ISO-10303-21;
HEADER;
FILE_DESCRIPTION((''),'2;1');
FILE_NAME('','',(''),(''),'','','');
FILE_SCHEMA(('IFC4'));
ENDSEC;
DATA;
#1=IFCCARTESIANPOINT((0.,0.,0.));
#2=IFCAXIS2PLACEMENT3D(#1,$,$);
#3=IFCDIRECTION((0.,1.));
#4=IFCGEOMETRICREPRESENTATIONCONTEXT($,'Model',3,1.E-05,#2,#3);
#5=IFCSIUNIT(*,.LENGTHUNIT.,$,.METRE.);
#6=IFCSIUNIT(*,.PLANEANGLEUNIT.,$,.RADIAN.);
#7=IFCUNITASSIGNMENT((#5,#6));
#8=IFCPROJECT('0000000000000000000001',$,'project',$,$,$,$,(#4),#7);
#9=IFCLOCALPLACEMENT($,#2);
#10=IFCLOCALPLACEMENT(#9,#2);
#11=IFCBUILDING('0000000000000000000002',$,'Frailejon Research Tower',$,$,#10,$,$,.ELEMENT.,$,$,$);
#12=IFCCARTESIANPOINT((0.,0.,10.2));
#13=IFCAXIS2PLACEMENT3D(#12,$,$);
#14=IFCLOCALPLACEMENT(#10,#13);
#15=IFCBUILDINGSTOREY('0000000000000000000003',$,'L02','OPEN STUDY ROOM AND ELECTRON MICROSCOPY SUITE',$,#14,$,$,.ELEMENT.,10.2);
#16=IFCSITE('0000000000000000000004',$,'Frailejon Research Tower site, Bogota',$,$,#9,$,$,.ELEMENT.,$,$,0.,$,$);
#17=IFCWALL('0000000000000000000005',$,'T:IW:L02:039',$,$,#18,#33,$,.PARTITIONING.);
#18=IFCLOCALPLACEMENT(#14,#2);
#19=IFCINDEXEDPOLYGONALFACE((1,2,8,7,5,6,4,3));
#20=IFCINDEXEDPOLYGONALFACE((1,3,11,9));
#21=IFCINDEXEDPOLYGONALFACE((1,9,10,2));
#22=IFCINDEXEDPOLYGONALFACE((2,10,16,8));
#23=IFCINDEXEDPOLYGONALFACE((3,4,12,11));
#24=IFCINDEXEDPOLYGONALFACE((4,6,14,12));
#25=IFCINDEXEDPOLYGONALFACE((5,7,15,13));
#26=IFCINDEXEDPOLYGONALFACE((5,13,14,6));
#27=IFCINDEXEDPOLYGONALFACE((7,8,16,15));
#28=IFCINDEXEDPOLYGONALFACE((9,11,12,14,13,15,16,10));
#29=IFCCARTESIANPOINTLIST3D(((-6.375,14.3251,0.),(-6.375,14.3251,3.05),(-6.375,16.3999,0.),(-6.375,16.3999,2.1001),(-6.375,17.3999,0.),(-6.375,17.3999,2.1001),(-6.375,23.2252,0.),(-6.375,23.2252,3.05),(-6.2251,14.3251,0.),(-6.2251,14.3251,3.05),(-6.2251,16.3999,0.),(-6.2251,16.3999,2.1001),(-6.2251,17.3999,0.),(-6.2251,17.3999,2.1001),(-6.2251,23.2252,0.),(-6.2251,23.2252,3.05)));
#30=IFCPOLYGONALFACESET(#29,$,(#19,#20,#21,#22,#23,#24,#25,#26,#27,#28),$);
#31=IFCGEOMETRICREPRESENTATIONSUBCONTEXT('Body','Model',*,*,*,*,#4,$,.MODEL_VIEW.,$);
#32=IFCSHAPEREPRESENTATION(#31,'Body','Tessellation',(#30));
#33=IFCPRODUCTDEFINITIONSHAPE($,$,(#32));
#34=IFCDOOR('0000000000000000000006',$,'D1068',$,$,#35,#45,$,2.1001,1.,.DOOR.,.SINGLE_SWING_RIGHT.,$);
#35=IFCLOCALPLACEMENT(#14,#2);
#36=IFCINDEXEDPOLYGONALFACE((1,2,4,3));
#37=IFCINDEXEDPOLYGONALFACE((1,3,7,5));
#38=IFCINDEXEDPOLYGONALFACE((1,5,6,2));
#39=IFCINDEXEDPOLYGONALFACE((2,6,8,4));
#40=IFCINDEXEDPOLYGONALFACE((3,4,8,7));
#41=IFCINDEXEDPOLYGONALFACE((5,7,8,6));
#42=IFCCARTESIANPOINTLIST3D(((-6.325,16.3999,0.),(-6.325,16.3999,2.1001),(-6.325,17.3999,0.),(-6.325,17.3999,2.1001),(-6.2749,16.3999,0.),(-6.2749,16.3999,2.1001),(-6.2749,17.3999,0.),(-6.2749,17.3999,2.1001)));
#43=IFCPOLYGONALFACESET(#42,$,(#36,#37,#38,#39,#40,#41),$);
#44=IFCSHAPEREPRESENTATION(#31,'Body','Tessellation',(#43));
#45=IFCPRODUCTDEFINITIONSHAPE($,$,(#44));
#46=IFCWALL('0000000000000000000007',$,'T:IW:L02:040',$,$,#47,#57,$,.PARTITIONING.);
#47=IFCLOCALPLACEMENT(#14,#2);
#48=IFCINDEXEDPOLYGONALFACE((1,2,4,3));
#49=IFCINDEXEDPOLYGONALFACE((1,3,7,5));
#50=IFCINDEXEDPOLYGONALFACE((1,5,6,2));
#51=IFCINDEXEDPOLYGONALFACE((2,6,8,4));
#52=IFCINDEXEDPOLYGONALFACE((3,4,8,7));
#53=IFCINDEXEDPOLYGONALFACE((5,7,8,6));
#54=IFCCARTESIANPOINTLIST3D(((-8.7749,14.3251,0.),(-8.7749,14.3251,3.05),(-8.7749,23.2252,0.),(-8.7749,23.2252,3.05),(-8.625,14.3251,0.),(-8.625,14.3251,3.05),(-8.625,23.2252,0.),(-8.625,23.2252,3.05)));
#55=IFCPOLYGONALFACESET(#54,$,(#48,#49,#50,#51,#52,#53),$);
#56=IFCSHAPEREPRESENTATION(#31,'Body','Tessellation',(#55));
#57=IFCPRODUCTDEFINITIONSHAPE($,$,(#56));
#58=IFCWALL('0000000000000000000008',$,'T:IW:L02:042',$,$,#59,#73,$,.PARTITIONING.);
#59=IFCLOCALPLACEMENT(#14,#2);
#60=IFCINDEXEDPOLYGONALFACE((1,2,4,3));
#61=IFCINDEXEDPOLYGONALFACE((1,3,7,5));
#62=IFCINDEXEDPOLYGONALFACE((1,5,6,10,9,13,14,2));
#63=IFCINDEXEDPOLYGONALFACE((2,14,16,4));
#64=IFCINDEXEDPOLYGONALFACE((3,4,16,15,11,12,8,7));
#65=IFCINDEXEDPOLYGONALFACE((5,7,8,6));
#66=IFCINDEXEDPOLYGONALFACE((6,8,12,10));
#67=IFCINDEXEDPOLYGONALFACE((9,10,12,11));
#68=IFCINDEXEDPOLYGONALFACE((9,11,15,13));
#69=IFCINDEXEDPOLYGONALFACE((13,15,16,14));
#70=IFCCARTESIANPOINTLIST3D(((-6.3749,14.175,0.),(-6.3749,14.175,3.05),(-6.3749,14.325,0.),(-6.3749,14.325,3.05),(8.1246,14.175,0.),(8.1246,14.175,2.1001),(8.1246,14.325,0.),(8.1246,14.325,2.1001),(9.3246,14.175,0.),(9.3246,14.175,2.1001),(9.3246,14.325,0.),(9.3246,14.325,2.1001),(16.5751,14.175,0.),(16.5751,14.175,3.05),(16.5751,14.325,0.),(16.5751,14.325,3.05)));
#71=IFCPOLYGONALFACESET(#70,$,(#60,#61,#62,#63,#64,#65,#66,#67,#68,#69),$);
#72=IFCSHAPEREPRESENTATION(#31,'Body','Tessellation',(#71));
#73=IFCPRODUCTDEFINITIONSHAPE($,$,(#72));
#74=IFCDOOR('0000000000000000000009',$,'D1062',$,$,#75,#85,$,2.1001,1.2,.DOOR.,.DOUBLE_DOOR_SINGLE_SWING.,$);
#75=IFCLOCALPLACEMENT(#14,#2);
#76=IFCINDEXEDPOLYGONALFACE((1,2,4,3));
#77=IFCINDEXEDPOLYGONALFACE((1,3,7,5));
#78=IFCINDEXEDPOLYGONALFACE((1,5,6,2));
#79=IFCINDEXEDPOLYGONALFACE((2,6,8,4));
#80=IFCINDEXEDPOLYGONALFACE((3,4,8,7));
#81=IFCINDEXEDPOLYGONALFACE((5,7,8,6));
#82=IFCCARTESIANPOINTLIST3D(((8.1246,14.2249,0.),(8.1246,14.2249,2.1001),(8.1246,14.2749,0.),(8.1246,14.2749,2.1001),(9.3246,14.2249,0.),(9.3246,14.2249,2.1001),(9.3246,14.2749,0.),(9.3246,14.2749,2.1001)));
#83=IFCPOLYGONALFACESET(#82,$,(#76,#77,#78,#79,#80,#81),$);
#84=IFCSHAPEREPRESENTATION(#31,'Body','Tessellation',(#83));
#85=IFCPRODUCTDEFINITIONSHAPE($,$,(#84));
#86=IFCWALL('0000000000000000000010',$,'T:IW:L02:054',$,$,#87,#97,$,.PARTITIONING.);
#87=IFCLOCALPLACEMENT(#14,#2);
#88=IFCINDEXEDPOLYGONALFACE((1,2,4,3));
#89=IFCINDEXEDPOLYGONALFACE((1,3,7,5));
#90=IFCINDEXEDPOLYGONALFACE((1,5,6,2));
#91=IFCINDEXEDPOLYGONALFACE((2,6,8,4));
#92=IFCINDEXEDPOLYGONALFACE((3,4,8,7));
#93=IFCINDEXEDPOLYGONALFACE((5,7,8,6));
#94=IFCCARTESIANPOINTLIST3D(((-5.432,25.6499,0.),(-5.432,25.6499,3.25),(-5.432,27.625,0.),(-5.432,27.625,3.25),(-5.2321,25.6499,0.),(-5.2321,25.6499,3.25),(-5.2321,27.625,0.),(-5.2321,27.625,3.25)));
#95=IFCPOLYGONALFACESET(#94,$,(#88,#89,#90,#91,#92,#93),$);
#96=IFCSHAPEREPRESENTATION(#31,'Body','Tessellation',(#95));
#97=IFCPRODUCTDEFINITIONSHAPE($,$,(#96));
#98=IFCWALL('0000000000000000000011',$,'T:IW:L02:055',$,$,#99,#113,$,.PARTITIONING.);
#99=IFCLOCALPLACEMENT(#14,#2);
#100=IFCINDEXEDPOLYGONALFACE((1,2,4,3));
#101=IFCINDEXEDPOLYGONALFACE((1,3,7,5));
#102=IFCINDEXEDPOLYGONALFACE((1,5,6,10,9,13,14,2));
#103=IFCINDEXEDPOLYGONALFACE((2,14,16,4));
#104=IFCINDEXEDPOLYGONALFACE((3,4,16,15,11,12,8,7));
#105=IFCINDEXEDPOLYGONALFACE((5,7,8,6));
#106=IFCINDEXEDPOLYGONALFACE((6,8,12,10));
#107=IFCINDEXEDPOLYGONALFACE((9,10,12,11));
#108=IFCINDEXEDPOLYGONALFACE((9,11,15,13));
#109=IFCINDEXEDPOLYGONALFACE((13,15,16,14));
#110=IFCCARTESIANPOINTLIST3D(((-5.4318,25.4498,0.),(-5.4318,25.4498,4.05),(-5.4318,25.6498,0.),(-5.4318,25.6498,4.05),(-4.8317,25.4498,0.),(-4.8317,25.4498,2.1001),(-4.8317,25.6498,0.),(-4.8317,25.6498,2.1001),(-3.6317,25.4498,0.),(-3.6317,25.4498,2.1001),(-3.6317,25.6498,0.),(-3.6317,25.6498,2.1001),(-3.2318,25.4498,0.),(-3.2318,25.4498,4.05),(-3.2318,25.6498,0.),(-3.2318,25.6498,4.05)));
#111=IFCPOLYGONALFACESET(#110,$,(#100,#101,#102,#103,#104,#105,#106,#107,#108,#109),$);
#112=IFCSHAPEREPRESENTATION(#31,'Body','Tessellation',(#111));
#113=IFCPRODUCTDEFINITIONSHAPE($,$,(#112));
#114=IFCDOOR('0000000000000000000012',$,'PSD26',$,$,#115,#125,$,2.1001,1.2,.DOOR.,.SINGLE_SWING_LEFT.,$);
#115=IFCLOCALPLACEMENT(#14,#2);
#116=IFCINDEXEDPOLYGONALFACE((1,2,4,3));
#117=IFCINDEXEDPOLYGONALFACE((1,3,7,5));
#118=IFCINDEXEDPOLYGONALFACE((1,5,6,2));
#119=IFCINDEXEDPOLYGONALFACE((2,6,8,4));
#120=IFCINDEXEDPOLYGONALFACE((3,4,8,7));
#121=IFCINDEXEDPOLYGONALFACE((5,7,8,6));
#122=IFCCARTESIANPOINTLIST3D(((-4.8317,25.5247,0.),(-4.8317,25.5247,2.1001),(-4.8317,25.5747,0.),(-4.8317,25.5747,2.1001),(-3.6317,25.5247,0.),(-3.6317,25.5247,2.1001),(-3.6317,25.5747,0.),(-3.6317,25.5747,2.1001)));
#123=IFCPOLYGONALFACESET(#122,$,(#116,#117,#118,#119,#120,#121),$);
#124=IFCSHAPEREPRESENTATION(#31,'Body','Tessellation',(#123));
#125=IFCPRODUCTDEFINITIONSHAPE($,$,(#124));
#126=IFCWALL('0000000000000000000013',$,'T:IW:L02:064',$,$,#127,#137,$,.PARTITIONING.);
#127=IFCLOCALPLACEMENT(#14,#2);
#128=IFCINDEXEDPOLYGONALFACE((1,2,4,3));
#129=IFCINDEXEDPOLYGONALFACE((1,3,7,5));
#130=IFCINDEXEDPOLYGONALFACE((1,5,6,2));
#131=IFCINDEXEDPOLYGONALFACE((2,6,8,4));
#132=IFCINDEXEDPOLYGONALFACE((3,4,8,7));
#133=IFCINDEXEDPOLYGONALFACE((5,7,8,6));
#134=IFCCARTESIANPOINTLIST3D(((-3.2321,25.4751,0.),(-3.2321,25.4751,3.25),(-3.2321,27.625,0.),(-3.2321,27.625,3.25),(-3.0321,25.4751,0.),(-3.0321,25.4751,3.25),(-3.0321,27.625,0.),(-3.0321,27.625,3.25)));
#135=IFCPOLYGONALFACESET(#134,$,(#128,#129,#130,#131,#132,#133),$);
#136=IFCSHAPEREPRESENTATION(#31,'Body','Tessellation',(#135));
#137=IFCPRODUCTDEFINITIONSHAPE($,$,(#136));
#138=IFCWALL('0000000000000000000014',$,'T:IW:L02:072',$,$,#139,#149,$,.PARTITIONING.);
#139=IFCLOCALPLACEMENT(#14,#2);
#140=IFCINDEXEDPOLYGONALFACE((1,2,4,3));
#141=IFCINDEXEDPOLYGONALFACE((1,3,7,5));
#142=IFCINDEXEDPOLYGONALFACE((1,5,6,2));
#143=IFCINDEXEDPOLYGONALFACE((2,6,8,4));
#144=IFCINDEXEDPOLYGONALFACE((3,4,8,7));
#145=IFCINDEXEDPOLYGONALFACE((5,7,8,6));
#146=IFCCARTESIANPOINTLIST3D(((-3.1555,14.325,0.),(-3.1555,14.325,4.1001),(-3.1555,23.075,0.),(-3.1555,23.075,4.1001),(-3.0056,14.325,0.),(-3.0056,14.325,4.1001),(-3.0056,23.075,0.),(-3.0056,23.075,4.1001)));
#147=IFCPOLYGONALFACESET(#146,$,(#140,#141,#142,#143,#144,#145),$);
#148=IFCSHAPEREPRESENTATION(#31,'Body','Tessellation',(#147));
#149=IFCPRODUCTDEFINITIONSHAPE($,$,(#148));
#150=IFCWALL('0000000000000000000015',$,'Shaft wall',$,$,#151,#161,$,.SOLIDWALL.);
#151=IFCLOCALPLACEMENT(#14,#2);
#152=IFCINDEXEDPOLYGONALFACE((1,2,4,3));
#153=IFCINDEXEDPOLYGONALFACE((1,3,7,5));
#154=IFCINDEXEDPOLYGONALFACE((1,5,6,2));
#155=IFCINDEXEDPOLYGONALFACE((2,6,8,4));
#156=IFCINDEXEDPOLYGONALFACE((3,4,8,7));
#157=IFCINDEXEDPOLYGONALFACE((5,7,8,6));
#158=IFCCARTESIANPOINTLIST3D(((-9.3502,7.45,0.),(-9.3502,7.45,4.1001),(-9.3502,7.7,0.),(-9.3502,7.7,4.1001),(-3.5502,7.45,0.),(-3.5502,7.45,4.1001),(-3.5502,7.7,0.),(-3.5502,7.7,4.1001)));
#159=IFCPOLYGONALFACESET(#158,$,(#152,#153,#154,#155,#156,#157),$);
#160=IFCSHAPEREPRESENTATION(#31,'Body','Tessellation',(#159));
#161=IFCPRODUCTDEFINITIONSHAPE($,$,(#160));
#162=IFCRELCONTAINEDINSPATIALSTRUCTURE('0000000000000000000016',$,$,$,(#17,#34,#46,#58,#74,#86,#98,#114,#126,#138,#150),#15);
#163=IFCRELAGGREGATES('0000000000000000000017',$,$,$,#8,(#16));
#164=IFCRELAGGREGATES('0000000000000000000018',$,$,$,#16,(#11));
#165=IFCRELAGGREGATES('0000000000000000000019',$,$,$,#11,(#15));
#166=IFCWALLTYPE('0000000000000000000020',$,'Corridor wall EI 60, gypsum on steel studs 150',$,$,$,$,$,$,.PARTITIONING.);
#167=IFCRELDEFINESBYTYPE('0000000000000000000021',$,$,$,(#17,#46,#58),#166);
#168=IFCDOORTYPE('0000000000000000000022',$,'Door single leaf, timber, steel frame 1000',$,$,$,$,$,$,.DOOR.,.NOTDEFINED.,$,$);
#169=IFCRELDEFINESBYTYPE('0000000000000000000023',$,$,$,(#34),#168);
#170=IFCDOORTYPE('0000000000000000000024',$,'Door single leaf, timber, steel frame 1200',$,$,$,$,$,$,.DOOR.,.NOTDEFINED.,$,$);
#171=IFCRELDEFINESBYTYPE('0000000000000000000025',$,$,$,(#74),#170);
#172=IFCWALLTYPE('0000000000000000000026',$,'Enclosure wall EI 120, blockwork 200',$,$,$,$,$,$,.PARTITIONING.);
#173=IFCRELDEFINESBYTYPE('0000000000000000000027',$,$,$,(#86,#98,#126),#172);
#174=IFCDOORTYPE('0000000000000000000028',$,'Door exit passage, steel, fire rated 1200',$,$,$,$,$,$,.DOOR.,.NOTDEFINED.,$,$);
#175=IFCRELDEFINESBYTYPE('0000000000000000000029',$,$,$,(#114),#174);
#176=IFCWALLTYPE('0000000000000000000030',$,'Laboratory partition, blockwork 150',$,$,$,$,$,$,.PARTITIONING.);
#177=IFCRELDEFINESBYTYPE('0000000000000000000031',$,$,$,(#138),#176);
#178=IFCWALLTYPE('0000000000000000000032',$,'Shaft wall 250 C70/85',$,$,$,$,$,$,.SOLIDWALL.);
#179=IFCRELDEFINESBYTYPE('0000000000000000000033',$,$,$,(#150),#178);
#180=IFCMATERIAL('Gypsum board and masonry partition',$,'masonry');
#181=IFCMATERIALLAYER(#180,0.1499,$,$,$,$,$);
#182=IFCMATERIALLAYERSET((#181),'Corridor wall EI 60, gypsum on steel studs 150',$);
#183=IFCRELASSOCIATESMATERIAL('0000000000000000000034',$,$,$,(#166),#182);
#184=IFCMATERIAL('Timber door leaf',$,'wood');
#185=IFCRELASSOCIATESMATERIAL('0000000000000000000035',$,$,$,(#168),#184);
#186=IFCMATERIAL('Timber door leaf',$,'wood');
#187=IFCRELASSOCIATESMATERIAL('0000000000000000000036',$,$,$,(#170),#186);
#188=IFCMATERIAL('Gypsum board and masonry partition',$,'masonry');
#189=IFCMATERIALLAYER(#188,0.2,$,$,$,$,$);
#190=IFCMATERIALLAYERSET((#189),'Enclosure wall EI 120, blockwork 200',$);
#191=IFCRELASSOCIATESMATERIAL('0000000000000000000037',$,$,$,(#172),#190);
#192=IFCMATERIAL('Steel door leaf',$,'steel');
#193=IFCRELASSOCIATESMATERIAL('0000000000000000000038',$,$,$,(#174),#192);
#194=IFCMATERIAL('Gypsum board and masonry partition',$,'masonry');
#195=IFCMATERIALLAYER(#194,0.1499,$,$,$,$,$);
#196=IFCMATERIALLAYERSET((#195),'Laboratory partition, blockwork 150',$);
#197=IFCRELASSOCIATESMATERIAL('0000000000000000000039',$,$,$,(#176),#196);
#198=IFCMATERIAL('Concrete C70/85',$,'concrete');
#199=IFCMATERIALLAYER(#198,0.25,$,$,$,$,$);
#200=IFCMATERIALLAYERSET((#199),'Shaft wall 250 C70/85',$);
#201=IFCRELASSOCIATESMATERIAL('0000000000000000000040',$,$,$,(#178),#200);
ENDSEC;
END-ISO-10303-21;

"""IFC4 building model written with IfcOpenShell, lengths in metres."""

from ifc_helpers import new_model, si_unit, direction, frame, frame_2d, origin, place, context, subcontext, project, spatial, rectangle, extrude, material, layer, layer_set, type_object, element, fill, save


model = new_model("IFC4")

# Units and contexts
model_context = context("Model", 3, precision=1e-05, world=origin(), true_north=direction((0.0, 1.0)))
body_context = subcontext(model_context, "Body", "Model", "MODEL_VIEW")
ifc_project = project(units=[si_unit("LENGTHUNIT", "METRE"), si_unit("PLANEANGLEUNIT", "RADIAN")], contexts=[model_context])

# Site, building, storey
site_placement = place(None, origin())
site = spatial("IfcSite", under=ifc_project, at=site_placement, Name="Frailejon Research Tower site, Bogota", CompositionType="ELEMENT", RefElevation=0.0)
building_placement = place(site_placement, origin())
building = spatial("IfcBuilding", under=site, at=building_placement, Name="Frailejon Research Tower", CompositionType="ELEMENT")
storey_placement = place(building_placement, frame((0.0, 0.0, 10.2)))
storey = spatial("IfcBuildingStorey", under=building, at=storey_placement, Name="L02", Description="OPEN STUDY ROOM AND ELECTRON MICROSCOPY SUITE", CompositionType="ELEMENT", Elevation=10.2)

# Shared definitions
ifc_material_1 = material(Name="Gypsum board and masonry partition", Category="masonry")
ifc_layer_1 = layer(ifc_material_1, 0.1499)
ifc_layer_set_1 = layer_set([ifc_layer_1], Name="Corridor wall EI 60, gypsum on steel studs 150")
wall_type_1 = type_object("IfcWallType", Name="Corridor wall EI 60, gypsum on steel studs 150", PredefinedType="PARTITIONING", material=ifc_layer_set_1)

# Wall, opening, door
wall_1_placement = place(storey_placement, frame((-6.3, 14.325, 0.0), z_axis=(0.0, 0.0, 1.0), x_axis=(0.0, 1.0, 0.0)))
wall_1 = element("IfcWall", 1, at=wall_1_placement, inside=storey, type_object=wall_type_1, Name="T:IW:L02:039", PredefinedType="PARTITIONING", context=body_context, shape_type="SweptSolid", body=[
    extrude(rectangle(XDim=8.9001, YDim=0.1499, at=frame_2d((4.4502, 0.0))), origin(), (0.0, 0.0, 1.0), 3.05),
])
opening_1_placement = place(wall_1_placement, frame((2.075, 0.0, 0.0)))
opening_1 = element("IfcOpeningElement", 2, at=opening_1_placement, cuts=wall_1, PredefinedType="OPENING", context=body_context, shape_type="SweptSolid", body=[
    extrude(rectangle(XDim=1.0, YDim=2.1001, at=frame_2d((0.5, 1.05))), frame((0.0, 0.085, 0.0), z_axis=(0.0, -1.0, 0.0), x_axis=(1.0, 0.0, 0.0)), (0.0, 0.0, 1.0), 0.1699),
])
ifc_material_2 = material(Name="Timber door leaf", Category="wood")
door_type_1 = type_object("IfcDoorType", Name="Door single leaf, timber, steel frame 1000", OperationType="NOTDEFINED", PredefinedType="DOOR", material=ifc_material_2)
door_1_placement = place(opening_1_placement, origin())
door_1 = element("IfcDoor", 3, at=door_1_placement, inside=storey, type_object=door_type_1, Name="D1068", OperationType="SINGLE_SWING_RIGHT", OverallHeight=2.1001, OverallWidth=1.0, PredefinedType="DOOR", context=body_context, shape_type="SweptSolid", body=[
    extrude(rectangle(XDim=1.0, YDim=2.1001, at=frame_2d((0.5, 1.05))), frame((0.0, 0.0249, 0.0), z_axis=(0.0, -1.0, 0.0), x_axis=(1.0, 0.0, 0.0)), (0.0, 0.0, 1.0), 0.05),
])
fill(opening_1, door_1)

# Wall
wall_2_placement = place(storey_placement, frame((-8.7, 14.325, 0.0), z_axis=(0.0, 0.0, 1.0), x_axis=(0.0, 1.0, 0.0)))
element("IfcWall", 4, at=wall_2_placement, inside=storey, type_object=wall_type_1, Name="T:IW:L02:040", PredefinedType="PARTITIONING", context=body_context, shape_type="SweptSolid", body=[
    extrude(rectangle(XDim=8.9001, YDim=0.1499, at=frame_2d((4.4502, 0.0))), origin(), (0.0, 0.0, 1.0), 3.05),
])

# Wall, opening, door
wall_3_placement = place(storey_placement, frame((-6.375, 14.25, 0.0), z_axis=(0.0, 0.0, 1.0), x_axis=(1.0, 0.0, 0.0)))
wall_3 = element("IfcWall", 5, at=wall_3_placement, inside=storey, type_object=wall_type_1, Name="T:IW:L02:042", PredefinedType="PARTITIONING", context=body_context, shape_type="SweptSolid", body=[
    extrude(rectangle(XDim=22.95, YDim=0.1499, at=frame_2d((11.4751, 0.0))), origin(), (0.0, 0.0, 1.0), 3.05),
])
opening_2_placement = place(wall_3_placement, frame((14.4995, 0.0, 0.0)))
opening_2 = element("IfcOpeningElement", 6, at=opening_2_placement, cuts=wall_3, PredefinedType="OPENING", context=body_context, shape_type="SweptSolid", body=[
    extrude(rectangle(XDim=1.2, YDim=2.1001, at=frame_2d((0.6001, 1.05))), frame((0.0, 0.085, 0.0), z_axis=(0.0, -1.0, 0.0), x_axis=(1.0, 0.0, 0.0)), (0.0, 0.0, 1.0), 0.1699),
])
ifc_material_3 = material(Name="Timber door leaf", Category="wood")
door_type_2 = type_object("IfcDoorType", Name="Door single leaf, timber, steel frame 1200", OperationType="NOTDEFINED", PredefinedType="DOOR", material=ifc_material_3)
door_2_placement = place(opening_2_placement, origin())
door_2 = element("IfcDoor", 7, at=door_2_placement, inside=storey, type_object=door_type_2, Name="D1062", OperationType="DOUBLE_DOOR_SINGLE_SWING", OverallHeight=2.1001, OverallWidth=1.2, PredefinedType="DOOR", context=body_context, shape_type="SweptSolid", body=[
    extrude(rectangle(XDim=1.2, YDim=2.1001, at=frame_2d((0.6001, 1.05))), frame((0.0, 0.0249, 0.0), z_axis=(0.0, -1.0, 0.0), x_axis=(1.0, 0.0, 0.0)), (0.0, 0.0, 1.0), 0.05),
])
fill(opening_2, door_2)

# Wall
ifc_material_4 = material(Name="Gypsum board and masonry partition", Category="masonry")
ifc_layer_2 = layer(ifc_material_4, 0.2)
ifc_layer_set_2 = layer_set([ifc_layer_2], Name="Enclosure wall EI 120, blockwork 200")
wall_type_2 = type_object("IfcWallType", Name="Enclosure wall EI 120, blockwork 200", PredefinedType="PARTITIONING", material=ifc_layer_set_2)
wall_4_placement = place(storey_placement, frame((-5.332, 25.6499, 0.0), z_axis=(0.0, 0.0, 1.0), x_axis=(0.0, 1.0, 0.0)))
element("IfcWall", 8, at=wall_4_placement, inside=storey, type_object=wall_type_2, Name="T:IW:L02:054", PredefinedType="PARTITIONING", context=body_context, shape_type="SweptSolid", body=[
    extrude(rectangle(XDim=1.9751, YDim=0.2, at=frame_2d((0.9875, 0.0))), origin(), (0.0, 0.0, 1.0), 3.25),
])

# Wall, opening, door
wall_5_placement = place(storey_placement, frame((-5.4319, 25.5498, 0.0), z_axis=(0.0, 0.0, 1.0), x_axis=(1.0, 0.0, 0.0)))
wall_5 = element("IfcWall", 9, at=wall_5_placement, inside=storey, type_object=wall_type_2, Name="T:IW:L02:055", PredefinedType="PARTITIONING", context=body_context, shape_type="SweptSolid", body=[
    extrude(rectangle(XDim=2.2, YDim=0.2, at=frame_2d((1.1001, 0.0))), origin(), (0.0, 0.0, 1.0), 4.05),
])
opening_3_placement = place(wall_5_placement, frame((0.6001, 0.0, 0.0)))
opening_3 = element("IfcOpeningElement", 10, at=opening_3_placement, cuts=wall_5, PredefinedType="OPENING", context=body_context, shape_type="SweptSolid", body=[
    extrude(rectangle(XDim=1.2, YDim=2.1001, at=frame_2d((0.6001, 1.05))), frame((0.0, 0.1099, 0.0), z_axis=(0.0, -1.0, 0.0), x_axis=(1.0, 0.0, 0.0)), (0.0, 0.0, 1.0), 0.22),
])
ifc_material_5 = material(Name="Steel door leaf", Category="steel")
door_type_3 = type_object("IfcDoorType", Name="Door exit passage, steel, fire rated 1200", OperationType="NOTDEFINED", PredefinedType="DOOR", material=ifc_material_5)
door_3_placement = place(opening_3_placement, origin())
door_3 = element("IfcDoor", 11, at=door_3_placement, inside=storey, type_object=door_type_3, Name="PSD26", OperationType="SINGLE_SWING_LEFT", OverallHeight=2.1001, OverallWidth=1.2, PredefinedType="DOOR", context=body_context, shape_type="SweptSolid", body=[
    extrude(rectangle(XDim=1.2, YDim=2.1001, at=frame_2d((0.6001, 1.05))), frame((0.0, 0.0249, 0.0), z_axis=(0.0, -1.0, 0.0), x_axis=(1.0, 0.0, 0.0)), (0.0, 0.0, 1.0), 0.05),
])
fill(opening_3, door_3)

# Walls
wall_6_placement = place(storey_placement, frame((-3.1321, 25.4751, 0.0), z_axis=(0.0, 0.0, 1.0), x_axis=(0.0, 1.0, 0.0)))
element("IfcWall", 12, at=wall_6_placement, inside=storey, type_object=wall_type_2, Name="T:IW:L02:064", PredefinedType="PARTITIONING", context=body_context, shape_type="SweptSolid", body=[
    extrude(rectangle(XDim=2.1499, YDim=0.2, at=frame_2d((1.075, 0.0))), origin(), (0.0, 0.0, 1.0), 3.25),
])
ifc_material_6 = material(Name="Gypsum board and masonry partition", Category="masonry")
ifc_layer_3 = layer(ifc_material_6, 0.1499)
ifc_layer_set_3 = layer_set([ifc_layer_3], Name="Laboratory partition, blockwork 150")
wall_type_3 = type_object("IfcWallType", Name="Laboratory partition, blockwork 150", PredefinedType="PARTITIONING", material=ifc_layer_set_3)
wall_7_placement = place(storey_placement, frame((-3.0806, 14.325, 0.0), z_axis=(0.0, 0.0, 1.0), x_axis=(0.0, 1.0, 0.0)))
element("IfcWall", 13, at=wall_7_placement, inside=storey, type_object=wall_type_3, Name="T:IW:L02:072", PredefinedType="PARTITIONING", context=body_context, shape_type="SweptSolid", body=[
    extrude(rectangle(XDim=8.75, YDim=0.1499, at=frame_2d((4.375, 0.0))), origin(), (0.0, 0.0, 1.0), 4.1001),
])
ifc_material_7 = material(Name="Concrete C70/85", Category="concrete")
ifc_layer_4 = layer(ifc_material_7, 0.25)
ifc_layer_set_4 = layer_set([ifc_layer_4], Name="Shaft wall 250 C70/85")
wall_type_4 = type_object("IfcWallType", Name="Shaft wall 250 C70/85", PredefinedType="SOLIDWALL", material=ifc_layer_set_4)
wall_8_placement = place(storey_placement, frame((-9.3501, 7.575, 0.0), z_axis=(0.0, 0.0, 1.0), x_axis=(1.0, 0.0, 0.0)))
element("IfcWall", 14, at=wall_8_placement, inside=storey, type_object=wall_type_4, Name="Shaft wall", PredefinedType="SOLIDWALL", context=body_context, shape_type="SweptSolid", body=[
    extrude(rectangle(XDim=5.8, YDim=0.25, at=frame_2d((2.8999, 0.0))), origin(), (0.0, 0.0, 1.0), 4.1001),
])

save(model, "model.ifc")
